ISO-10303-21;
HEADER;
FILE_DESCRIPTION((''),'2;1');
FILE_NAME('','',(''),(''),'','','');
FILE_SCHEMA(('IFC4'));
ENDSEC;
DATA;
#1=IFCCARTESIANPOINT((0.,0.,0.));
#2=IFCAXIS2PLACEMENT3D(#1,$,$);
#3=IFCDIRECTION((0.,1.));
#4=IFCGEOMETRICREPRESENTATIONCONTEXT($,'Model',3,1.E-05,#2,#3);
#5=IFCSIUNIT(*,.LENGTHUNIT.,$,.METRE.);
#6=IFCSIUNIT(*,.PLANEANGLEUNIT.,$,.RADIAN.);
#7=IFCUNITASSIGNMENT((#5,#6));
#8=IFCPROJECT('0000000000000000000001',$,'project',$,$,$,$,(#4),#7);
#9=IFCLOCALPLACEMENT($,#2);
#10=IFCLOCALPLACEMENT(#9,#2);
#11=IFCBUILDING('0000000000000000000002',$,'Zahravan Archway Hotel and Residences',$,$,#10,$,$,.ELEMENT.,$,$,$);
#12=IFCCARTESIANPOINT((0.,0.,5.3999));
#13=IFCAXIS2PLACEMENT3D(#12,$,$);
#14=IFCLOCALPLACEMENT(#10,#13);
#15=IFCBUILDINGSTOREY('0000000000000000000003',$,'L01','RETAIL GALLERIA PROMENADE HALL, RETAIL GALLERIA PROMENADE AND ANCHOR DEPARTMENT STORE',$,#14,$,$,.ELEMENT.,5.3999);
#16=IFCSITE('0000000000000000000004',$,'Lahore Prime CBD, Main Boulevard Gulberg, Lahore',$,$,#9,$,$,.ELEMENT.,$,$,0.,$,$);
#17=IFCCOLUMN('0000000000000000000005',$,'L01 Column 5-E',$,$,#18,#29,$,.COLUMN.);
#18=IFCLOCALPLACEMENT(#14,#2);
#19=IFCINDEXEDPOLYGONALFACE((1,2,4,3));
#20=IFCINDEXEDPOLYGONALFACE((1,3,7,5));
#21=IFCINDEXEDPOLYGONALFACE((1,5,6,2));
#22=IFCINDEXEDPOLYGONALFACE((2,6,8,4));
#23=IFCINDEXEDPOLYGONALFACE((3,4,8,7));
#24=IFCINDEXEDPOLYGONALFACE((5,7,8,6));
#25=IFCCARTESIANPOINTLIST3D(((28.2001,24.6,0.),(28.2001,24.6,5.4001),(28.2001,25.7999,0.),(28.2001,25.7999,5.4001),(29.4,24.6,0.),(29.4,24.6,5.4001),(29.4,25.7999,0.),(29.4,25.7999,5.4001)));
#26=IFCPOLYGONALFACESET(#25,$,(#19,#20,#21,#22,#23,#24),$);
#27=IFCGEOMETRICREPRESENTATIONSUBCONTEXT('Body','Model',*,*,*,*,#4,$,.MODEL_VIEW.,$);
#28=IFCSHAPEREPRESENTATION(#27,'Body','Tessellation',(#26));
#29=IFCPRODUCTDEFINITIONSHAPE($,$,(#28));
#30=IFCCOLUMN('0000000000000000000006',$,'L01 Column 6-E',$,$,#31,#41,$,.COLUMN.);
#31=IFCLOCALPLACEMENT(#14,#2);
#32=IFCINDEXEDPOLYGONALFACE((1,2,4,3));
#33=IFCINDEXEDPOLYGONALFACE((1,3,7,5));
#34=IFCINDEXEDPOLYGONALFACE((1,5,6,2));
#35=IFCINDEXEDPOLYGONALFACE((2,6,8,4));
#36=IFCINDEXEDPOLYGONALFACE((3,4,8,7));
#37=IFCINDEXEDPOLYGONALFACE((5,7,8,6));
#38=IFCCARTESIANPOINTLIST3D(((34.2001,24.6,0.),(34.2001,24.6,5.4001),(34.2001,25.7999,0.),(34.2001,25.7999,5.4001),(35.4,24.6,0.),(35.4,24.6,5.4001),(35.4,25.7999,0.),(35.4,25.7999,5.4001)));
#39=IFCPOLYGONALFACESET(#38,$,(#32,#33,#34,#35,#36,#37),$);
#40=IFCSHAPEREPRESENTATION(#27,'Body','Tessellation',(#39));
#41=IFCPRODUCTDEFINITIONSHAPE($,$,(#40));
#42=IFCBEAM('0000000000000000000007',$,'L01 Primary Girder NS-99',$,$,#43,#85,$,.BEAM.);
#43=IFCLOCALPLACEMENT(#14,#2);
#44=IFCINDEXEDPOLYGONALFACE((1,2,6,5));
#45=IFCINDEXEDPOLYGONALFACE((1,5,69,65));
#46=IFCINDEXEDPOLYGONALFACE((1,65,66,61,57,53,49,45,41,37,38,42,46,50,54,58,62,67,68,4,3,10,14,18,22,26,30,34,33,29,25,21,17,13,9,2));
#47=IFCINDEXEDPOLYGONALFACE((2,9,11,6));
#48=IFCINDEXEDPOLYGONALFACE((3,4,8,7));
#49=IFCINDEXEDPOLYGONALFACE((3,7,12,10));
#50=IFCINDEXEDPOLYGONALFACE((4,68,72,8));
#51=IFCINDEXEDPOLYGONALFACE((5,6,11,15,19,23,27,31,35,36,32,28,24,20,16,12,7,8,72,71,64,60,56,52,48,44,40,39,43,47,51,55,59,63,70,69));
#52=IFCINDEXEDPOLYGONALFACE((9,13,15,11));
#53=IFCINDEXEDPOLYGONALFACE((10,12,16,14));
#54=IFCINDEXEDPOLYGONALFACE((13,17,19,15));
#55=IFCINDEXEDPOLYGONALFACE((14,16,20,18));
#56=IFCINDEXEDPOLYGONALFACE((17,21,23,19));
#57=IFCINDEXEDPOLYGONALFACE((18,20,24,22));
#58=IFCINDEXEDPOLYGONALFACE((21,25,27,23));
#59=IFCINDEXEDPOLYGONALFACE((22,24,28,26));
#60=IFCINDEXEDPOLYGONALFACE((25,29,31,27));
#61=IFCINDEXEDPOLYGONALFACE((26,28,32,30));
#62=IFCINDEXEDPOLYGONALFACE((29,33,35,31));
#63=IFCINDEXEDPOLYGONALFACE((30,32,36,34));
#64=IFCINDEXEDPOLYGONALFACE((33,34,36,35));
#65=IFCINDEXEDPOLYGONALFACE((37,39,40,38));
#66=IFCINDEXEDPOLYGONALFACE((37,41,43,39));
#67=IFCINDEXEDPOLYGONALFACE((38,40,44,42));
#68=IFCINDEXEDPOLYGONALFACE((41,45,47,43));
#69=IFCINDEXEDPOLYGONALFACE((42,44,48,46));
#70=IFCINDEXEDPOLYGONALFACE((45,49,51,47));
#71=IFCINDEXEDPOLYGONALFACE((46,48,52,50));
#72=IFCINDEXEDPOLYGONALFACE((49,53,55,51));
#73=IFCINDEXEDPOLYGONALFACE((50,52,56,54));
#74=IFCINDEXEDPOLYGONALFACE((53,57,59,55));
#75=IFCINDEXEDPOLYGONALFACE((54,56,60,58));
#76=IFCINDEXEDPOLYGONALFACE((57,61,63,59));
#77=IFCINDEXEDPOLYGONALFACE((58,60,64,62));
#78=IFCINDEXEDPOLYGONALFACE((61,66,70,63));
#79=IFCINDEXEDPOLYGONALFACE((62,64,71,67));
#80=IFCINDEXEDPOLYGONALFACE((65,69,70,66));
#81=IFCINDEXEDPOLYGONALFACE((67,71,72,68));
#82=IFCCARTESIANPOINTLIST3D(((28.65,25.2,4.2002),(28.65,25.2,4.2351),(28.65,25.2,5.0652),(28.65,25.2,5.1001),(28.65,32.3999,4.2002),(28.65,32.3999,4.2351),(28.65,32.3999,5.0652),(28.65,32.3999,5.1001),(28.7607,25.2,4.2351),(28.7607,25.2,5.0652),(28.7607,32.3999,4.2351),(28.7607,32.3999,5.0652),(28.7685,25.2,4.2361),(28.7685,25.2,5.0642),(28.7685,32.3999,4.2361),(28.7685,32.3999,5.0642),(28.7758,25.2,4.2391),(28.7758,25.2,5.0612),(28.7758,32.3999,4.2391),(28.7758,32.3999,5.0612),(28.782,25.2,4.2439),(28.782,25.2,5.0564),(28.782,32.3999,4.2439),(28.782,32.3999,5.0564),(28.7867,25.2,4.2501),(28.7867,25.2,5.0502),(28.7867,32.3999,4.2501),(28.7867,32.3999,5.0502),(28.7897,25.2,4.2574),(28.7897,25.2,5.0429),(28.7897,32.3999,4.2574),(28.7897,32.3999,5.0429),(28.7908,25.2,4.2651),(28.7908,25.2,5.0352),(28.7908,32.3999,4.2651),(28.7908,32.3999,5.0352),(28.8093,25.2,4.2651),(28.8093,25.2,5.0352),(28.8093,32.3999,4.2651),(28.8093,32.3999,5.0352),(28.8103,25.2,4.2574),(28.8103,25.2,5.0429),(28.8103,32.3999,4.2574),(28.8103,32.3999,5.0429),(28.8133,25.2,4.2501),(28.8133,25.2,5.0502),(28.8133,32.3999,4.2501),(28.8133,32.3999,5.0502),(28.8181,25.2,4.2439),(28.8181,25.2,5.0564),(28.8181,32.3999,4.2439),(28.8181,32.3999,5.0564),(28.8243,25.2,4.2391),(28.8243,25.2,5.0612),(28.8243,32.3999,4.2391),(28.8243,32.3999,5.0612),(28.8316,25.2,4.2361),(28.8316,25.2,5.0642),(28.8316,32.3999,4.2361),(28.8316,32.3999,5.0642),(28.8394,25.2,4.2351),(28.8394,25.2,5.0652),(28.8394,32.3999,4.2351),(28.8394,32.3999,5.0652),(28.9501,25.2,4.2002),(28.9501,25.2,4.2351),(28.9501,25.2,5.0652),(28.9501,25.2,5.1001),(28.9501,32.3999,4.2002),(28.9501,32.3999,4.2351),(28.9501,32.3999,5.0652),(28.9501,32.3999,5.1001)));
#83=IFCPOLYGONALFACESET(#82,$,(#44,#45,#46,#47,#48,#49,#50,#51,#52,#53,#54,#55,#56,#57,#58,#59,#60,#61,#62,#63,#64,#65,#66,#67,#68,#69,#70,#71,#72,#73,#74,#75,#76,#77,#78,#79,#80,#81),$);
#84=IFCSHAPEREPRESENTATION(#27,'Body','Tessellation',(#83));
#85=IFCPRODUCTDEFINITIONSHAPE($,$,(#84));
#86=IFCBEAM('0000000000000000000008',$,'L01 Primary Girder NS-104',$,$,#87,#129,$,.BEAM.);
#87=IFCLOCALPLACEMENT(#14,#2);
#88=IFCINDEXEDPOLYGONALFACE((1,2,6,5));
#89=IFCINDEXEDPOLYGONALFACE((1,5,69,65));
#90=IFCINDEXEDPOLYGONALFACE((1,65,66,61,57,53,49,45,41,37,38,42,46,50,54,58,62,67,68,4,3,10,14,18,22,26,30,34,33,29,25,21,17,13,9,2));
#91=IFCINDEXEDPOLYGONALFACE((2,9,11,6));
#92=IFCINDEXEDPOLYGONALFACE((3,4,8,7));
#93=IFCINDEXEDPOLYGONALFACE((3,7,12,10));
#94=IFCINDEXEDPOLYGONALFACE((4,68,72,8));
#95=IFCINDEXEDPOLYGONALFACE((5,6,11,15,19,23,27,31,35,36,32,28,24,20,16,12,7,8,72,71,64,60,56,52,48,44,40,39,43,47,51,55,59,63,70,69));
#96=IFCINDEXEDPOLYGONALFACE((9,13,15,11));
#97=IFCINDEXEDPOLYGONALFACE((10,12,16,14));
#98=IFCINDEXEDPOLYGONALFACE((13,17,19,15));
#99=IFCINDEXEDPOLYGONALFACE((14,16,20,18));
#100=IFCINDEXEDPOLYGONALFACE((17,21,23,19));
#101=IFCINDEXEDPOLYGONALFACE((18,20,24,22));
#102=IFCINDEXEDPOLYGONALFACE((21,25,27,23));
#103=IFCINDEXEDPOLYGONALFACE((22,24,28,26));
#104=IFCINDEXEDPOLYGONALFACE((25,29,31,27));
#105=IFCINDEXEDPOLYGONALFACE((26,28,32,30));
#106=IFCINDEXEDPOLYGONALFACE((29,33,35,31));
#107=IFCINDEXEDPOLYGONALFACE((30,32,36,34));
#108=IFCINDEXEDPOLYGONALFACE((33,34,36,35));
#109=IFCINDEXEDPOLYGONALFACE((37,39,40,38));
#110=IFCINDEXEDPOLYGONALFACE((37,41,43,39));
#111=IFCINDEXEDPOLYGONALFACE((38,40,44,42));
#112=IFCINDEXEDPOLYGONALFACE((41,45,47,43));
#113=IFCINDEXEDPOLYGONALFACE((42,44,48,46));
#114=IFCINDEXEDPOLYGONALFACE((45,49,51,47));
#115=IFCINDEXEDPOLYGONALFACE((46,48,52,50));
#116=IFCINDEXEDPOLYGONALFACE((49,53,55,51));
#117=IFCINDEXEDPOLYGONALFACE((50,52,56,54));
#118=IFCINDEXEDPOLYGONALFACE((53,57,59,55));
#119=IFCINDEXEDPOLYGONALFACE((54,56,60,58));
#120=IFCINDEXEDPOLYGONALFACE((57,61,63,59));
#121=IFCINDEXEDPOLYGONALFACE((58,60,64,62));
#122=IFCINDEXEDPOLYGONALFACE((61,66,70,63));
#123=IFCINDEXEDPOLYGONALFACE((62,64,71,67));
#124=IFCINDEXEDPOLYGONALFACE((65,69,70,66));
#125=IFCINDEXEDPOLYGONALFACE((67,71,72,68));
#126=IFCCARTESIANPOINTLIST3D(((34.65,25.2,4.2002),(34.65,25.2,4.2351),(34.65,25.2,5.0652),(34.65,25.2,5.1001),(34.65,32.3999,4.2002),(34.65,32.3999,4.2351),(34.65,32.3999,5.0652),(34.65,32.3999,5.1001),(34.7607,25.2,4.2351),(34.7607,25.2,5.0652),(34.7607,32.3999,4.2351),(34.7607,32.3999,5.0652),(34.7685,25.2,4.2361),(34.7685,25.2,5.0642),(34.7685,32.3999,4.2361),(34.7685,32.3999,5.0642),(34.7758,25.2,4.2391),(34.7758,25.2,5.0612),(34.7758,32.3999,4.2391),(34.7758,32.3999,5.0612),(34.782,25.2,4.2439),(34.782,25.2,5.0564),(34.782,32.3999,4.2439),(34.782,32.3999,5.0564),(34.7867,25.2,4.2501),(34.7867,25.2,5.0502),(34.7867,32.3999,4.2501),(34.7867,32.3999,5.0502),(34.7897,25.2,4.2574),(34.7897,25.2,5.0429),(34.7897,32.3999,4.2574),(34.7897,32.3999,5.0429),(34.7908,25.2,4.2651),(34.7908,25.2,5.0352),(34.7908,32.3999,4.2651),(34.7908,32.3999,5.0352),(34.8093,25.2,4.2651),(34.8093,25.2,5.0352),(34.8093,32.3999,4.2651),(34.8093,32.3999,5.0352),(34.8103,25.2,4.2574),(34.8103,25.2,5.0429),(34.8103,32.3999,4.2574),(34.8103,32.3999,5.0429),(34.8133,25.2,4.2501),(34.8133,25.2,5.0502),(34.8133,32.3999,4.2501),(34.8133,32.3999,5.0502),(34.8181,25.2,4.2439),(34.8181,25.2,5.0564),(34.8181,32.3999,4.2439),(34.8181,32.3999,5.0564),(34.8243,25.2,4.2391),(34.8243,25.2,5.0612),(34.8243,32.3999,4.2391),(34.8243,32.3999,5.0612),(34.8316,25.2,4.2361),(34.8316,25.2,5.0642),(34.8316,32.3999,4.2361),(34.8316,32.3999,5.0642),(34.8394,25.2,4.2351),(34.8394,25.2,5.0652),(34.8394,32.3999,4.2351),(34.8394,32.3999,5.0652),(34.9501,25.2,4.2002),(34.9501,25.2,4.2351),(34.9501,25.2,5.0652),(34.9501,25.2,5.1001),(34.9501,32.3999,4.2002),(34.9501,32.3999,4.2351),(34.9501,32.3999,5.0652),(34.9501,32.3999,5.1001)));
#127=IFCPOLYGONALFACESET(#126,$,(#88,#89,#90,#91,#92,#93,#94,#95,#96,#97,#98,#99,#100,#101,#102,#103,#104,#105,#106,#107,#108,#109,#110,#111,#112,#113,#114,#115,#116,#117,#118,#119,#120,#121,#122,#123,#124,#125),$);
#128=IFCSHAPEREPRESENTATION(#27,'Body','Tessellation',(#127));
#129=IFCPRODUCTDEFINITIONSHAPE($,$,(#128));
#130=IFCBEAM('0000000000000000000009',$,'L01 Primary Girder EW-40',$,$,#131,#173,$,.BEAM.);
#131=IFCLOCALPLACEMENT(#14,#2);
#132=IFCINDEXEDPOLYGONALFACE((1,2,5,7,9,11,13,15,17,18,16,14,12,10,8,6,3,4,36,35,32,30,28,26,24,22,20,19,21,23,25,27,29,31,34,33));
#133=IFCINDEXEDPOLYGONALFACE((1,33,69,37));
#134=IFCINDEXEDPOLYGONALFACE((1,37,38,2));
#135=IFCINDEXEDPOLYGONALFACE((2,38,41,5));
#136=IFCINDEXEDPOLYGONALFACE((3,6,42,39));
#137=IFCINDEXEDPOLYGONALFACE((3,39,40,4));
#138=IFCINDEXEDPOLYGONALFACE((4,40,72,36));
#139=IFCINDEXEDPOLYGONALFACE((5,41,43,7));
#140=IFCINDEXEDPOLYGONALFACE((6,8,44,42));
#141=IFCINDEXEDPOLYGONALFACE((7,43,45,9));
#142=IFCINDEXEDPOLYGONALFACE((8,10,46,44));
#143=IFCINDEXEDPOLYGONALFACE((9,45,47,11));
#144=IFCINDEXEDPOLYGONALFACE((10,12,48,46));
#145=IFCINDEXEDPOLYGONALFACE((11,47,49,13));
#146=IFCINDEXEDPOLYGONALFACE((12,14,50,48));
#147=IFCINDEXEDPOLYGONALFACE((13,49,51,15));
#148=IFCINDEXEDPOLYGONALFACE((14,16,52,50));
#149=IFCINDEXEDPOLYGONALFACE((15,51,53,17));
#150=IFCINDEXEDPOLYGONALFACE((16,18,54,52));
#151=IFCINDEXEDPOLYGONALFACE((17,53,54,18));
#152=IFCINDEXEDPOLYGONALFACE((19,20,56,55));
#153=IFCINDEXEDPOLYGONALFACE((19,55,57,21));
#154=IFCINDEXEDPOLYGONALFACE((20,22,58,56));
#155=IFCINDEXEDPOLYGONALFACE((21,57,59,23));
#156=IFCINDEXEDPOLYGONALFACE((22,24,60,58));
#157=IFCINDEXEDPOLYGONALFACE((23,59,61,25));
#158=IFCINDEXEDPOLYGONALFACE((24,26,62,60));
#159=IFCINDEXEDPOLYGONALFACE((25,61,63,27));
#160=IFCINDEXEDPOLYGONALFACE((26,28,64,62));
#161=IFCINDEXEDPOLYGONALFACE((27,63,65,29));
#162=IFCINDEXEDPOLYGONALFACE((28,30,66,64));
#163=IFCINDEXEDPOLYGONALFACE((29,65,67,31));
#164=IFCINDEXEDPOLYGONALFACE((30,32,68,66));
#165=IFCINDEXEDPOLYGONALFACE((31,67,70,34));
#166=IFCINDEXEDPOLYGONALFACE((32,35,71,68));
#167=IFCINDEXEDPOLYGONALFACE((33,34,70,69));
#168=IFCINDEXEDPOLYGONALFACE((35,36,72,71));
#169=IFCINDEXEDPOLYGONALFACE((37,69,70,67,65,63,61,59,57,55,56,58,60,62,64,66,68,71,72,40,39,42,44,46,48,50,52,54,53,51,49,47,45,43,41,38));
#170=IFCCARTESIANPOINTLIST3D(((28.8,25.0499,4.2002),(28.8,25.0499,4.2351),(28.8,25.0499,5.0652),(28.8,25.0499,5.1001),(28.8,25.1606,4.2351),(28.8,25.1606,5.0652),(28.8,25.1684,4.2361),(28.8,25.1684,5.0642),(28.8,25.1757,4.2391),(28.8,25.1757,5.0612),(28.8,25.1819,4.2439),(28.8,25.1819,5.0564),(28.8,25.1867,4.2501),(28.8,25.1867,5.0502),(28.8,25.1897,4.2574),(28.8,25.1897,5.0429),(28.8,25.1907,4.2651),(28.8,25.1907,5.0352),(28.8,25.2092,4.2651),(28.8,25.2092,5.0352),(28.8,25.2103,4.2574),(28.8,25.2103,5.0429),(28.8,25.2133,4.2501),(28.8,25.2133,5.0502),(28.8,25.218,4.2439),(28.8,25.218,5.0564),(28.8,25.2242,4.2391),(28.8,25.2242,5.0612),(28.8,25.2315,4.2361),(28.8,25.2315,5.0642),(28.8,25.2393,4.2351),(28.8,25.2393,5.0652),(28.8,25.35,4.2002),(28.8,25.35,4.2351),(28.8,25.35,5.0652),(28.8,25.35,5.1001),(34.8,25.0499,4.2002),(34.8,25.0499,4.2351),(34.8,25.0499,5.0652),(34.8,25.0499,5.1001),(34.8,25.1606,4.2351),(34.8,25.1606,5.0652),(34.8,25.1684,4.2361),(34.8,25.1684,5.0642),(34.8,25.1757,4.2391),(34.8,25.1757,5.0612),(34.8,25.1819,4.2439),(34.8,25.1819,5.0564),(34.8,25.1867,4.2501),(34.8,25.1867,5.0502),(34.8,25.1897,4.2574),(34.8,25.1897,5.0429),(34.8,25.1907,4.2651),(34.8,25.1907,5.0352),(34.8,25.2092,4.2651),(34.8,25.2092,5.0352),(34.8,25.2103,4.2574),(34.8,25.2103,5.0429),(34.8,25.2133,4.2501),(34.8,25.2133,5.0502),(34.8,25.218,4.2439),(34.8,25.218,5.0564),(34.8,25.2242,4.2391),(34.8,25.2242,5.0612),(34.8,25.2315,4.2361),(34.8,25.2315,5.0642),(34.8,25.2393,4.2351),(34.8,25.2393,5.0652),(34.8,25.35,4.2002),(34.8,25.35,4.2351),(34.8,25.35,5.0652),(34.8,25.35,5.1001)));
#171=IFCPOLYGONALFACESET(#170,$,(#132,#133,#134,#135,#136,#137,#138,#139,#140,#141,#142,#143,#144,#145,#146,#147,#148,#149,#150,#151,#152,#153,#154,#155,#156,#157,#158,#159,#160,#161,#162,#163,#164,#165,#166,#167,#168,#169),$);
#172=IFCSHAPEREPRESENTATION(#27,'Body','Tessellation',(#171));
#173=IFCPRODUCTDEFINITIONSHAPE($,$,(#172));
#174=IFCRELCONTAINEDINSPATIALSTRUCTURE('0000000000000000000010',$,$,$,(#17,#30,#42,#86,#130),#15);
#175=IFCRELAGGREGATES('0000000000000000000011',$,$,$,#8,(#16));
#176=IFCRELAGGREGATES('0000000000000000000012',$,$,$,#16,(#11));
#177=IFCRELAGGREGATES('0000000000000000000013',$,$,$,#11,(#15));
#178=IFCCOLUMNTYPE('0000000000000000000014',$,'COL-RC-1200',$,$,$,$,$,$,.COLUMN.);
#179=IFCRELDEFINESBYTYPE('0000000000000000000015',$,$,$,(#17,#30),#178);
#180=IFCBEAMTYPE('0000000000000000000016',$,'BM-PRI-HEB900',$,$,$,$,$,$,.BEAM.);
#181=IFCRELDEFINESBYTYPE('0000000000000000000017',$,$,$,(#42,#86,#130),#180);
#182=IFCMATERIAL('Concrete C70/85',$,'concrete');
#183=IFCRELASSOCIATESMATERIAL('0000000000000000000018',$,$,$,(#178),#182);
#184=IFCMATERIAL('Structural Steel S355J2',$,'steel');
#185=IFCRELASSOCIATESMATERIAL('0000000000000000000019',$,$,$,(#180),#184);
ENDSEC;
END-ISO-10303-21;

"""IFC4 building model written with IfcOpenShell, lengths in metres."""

from ifc_helpers import new_model, si_unit, direction, frame, origin, origin_2d, place, context, subcontext, project, spatial, rectangle, i_section, extrude, source, transform, mapped, material, material_profile, profile_set, type_object, element, save


model = new_model("IFC4")

# Units and contexts
model_context = context("Model", 3, precision=1e-05, world=origin(), true_north=direction((0.0, 1.0)))
body_context = subcontext(model_context, "Body", "Model", "MODEL_VIEW")
ifc_project = project(units=[si_unit("LENGTHUNIT", "METRE"), si_unit("PLANEANGLEUNIT", "RADIAN")], contexts=[model_context])

# Site, building, storey
site_placement = place(None, origin())
site = spatial("IfcSite", under=ifc_project, at=site_placement, Name="Lahore Prime CBD, Main Boulevard Gulberg, Lahore", CompositionType="ELEMENT", RefElevation=0.0)
building_placement = place(site_placement, origin())
building = spatial("IfcBuilding", under=site, at=building_placement, Name="Zahravan Archway Hotel and Residences", CompositionType="ELEMENT")
storey_placement = place(building_placement, frame((0.0, 0.0, 5.3999)))
storey = spatial("IfcBuildingStorey", under=building, at=storey_placement, Name="L01", Description="RETAIL GALLERIA PROMENADE HALL, RETAIL GALLERIA PROMENADE AND ANCHOR DEPARTMENT STORE", CompositionType="ELEMENT", Elevation=5.3999)

# Columns
ifc_material_1 = material(Name="Concrete C70/85", Category="concrete")
ifc_material_profile_1 = material_profile(ifc_material_1, rectangle(XDim=1.2, YDim=1.2, at=origin_2d()), Name="RC-COL-1200x1200", Category="concrete")
ifc_profile_set_1 = profile_set([ifc_material_profile_1], Name="Concrete C70/85")
column_type = type_object("IfcColumnType", Name="COL-RC-1200", PredefinedType="COLUMN", material=ifc_profile_set_1)
shared_shape_1 = source(origin(), body_context, "Body", "SweptSolid", [
    extrude(rectangle(XDim=1.2, YDim=1.2, at=origin_2d()), origin(), (0.0, 0.0, 1.0), 5.4001),
])
for number, where, z_axis, x_axis, name in (
    (1, (28.8, 25.2, 0.0), (0.0, 0.0, 1.0), (1.0, 0.0, 0.0), "L01 Column 5-E"),
    (2, (34.8, 25.2, 0.0), (0.0, 0.0, 1.0), (1.0, 0.0, 0.0), "L01 Column 6-E"),
):
    element("IfcColumn", number, at=place(storey_placement, frame(where, z_axis=z_axis, x_axis=x_axis)), inside=storey, type_object=column_type, Name=name, PredefinedType="COLUMN", context=body_context, shape_type="MappedRepresentation", body=[
        mapped(shared_shape_1, transform((0.0, 0.0, 0.0), scale=1.0)),
    ])

# Beams
ifc_material_2 = material(Name="Structural Steel S355J2", Category="steel")
ifc_material_profile_2 = material_profile(ifc_material_2, i_section(OverallWidth=0.3, OverallDepth=0.8999, WebThickness=0.0186, FlangeThickness=0.0349, FilletRadius=0.03, at=origin_2d()), Name="HEB 900", Category="steel")
ifc_profile_set_2 = profile_set([ifc_material_profile_2], Name="Structural Steel S355J2")
beam_type_1 = type_object("IfcBeamType", Name="BM-PRI-HEB900", PredefinedType="BEAM", material=ifc_profile_set_2)
shared_shape_2 = source(origin(), body_context, "Body", "SweptSolid", [
    extrude(i_section(OverallWidth=0.3, OverallDepth=0.8999, WebThickness=0.0186, FlangeThickness=0.0349, FilletRadius=0.03, at=origin_2d()), origin(), (0.0, 0.0, 1.0), 7.2),
])
for number, where, z_axis, x_axis, name in (
    (3, (28.8, 25.2, 4.6501), (0.0, 1.0, 0.0), (-1.0, 0.0, 0.0), "L01 Primary Girder NS-99"),
    (4, (34.8, 25.2, 4.6501), (0.0, 1.0, 0.0), (-1.0, 0.0, 0.0), "L01 Primary Girder NS-104"),
):
    element("IfcBeam", number, at=place(storey_placement, frame(where, z_axis=z_axis, x_axis=x_axis)), inside=storey, type_object=beam_type_1, Name=name, PredefinedType="BEAM", context=body_context, shape_type="MappedRepresentation", body=[
        mapped(shared_shape_2, transform((0.0, 0.0, 0.0), scale=1.0)),
    ])
shared_shape_3 = source(origin(), body_context, "Body", "SweptSolid", [
    extrude(i_section(OverallWidth=0.3, OverallDepth=0.8999, WebThickness=0.0186, FlangeThickness=0.0349, FilletRadius=0.03, at=origin_2d()), origin(), (0.0, 0.0, 1.0), 6.0),
])
beam_1_placement = place(storey_placement, frame((28.8, 25.2, 4.6501), z_axis=(1.0, 0.0, 0.0), x_axis=(0.0, 1.0, 0.0)))
element("IfcBeam", 5, at=beam_1_placement, inside=storey, type_object=beam_type_1, Name="L01 Primary Girder EW-40", PredefinedType="BEAM", context=body_context, shape_type="MappedRepresentation", body=[
    mapped(shared_shape_3, transform((0.0, 0.0, 0.0), scale=1.0)),
])

save(model, "model.ifc")
